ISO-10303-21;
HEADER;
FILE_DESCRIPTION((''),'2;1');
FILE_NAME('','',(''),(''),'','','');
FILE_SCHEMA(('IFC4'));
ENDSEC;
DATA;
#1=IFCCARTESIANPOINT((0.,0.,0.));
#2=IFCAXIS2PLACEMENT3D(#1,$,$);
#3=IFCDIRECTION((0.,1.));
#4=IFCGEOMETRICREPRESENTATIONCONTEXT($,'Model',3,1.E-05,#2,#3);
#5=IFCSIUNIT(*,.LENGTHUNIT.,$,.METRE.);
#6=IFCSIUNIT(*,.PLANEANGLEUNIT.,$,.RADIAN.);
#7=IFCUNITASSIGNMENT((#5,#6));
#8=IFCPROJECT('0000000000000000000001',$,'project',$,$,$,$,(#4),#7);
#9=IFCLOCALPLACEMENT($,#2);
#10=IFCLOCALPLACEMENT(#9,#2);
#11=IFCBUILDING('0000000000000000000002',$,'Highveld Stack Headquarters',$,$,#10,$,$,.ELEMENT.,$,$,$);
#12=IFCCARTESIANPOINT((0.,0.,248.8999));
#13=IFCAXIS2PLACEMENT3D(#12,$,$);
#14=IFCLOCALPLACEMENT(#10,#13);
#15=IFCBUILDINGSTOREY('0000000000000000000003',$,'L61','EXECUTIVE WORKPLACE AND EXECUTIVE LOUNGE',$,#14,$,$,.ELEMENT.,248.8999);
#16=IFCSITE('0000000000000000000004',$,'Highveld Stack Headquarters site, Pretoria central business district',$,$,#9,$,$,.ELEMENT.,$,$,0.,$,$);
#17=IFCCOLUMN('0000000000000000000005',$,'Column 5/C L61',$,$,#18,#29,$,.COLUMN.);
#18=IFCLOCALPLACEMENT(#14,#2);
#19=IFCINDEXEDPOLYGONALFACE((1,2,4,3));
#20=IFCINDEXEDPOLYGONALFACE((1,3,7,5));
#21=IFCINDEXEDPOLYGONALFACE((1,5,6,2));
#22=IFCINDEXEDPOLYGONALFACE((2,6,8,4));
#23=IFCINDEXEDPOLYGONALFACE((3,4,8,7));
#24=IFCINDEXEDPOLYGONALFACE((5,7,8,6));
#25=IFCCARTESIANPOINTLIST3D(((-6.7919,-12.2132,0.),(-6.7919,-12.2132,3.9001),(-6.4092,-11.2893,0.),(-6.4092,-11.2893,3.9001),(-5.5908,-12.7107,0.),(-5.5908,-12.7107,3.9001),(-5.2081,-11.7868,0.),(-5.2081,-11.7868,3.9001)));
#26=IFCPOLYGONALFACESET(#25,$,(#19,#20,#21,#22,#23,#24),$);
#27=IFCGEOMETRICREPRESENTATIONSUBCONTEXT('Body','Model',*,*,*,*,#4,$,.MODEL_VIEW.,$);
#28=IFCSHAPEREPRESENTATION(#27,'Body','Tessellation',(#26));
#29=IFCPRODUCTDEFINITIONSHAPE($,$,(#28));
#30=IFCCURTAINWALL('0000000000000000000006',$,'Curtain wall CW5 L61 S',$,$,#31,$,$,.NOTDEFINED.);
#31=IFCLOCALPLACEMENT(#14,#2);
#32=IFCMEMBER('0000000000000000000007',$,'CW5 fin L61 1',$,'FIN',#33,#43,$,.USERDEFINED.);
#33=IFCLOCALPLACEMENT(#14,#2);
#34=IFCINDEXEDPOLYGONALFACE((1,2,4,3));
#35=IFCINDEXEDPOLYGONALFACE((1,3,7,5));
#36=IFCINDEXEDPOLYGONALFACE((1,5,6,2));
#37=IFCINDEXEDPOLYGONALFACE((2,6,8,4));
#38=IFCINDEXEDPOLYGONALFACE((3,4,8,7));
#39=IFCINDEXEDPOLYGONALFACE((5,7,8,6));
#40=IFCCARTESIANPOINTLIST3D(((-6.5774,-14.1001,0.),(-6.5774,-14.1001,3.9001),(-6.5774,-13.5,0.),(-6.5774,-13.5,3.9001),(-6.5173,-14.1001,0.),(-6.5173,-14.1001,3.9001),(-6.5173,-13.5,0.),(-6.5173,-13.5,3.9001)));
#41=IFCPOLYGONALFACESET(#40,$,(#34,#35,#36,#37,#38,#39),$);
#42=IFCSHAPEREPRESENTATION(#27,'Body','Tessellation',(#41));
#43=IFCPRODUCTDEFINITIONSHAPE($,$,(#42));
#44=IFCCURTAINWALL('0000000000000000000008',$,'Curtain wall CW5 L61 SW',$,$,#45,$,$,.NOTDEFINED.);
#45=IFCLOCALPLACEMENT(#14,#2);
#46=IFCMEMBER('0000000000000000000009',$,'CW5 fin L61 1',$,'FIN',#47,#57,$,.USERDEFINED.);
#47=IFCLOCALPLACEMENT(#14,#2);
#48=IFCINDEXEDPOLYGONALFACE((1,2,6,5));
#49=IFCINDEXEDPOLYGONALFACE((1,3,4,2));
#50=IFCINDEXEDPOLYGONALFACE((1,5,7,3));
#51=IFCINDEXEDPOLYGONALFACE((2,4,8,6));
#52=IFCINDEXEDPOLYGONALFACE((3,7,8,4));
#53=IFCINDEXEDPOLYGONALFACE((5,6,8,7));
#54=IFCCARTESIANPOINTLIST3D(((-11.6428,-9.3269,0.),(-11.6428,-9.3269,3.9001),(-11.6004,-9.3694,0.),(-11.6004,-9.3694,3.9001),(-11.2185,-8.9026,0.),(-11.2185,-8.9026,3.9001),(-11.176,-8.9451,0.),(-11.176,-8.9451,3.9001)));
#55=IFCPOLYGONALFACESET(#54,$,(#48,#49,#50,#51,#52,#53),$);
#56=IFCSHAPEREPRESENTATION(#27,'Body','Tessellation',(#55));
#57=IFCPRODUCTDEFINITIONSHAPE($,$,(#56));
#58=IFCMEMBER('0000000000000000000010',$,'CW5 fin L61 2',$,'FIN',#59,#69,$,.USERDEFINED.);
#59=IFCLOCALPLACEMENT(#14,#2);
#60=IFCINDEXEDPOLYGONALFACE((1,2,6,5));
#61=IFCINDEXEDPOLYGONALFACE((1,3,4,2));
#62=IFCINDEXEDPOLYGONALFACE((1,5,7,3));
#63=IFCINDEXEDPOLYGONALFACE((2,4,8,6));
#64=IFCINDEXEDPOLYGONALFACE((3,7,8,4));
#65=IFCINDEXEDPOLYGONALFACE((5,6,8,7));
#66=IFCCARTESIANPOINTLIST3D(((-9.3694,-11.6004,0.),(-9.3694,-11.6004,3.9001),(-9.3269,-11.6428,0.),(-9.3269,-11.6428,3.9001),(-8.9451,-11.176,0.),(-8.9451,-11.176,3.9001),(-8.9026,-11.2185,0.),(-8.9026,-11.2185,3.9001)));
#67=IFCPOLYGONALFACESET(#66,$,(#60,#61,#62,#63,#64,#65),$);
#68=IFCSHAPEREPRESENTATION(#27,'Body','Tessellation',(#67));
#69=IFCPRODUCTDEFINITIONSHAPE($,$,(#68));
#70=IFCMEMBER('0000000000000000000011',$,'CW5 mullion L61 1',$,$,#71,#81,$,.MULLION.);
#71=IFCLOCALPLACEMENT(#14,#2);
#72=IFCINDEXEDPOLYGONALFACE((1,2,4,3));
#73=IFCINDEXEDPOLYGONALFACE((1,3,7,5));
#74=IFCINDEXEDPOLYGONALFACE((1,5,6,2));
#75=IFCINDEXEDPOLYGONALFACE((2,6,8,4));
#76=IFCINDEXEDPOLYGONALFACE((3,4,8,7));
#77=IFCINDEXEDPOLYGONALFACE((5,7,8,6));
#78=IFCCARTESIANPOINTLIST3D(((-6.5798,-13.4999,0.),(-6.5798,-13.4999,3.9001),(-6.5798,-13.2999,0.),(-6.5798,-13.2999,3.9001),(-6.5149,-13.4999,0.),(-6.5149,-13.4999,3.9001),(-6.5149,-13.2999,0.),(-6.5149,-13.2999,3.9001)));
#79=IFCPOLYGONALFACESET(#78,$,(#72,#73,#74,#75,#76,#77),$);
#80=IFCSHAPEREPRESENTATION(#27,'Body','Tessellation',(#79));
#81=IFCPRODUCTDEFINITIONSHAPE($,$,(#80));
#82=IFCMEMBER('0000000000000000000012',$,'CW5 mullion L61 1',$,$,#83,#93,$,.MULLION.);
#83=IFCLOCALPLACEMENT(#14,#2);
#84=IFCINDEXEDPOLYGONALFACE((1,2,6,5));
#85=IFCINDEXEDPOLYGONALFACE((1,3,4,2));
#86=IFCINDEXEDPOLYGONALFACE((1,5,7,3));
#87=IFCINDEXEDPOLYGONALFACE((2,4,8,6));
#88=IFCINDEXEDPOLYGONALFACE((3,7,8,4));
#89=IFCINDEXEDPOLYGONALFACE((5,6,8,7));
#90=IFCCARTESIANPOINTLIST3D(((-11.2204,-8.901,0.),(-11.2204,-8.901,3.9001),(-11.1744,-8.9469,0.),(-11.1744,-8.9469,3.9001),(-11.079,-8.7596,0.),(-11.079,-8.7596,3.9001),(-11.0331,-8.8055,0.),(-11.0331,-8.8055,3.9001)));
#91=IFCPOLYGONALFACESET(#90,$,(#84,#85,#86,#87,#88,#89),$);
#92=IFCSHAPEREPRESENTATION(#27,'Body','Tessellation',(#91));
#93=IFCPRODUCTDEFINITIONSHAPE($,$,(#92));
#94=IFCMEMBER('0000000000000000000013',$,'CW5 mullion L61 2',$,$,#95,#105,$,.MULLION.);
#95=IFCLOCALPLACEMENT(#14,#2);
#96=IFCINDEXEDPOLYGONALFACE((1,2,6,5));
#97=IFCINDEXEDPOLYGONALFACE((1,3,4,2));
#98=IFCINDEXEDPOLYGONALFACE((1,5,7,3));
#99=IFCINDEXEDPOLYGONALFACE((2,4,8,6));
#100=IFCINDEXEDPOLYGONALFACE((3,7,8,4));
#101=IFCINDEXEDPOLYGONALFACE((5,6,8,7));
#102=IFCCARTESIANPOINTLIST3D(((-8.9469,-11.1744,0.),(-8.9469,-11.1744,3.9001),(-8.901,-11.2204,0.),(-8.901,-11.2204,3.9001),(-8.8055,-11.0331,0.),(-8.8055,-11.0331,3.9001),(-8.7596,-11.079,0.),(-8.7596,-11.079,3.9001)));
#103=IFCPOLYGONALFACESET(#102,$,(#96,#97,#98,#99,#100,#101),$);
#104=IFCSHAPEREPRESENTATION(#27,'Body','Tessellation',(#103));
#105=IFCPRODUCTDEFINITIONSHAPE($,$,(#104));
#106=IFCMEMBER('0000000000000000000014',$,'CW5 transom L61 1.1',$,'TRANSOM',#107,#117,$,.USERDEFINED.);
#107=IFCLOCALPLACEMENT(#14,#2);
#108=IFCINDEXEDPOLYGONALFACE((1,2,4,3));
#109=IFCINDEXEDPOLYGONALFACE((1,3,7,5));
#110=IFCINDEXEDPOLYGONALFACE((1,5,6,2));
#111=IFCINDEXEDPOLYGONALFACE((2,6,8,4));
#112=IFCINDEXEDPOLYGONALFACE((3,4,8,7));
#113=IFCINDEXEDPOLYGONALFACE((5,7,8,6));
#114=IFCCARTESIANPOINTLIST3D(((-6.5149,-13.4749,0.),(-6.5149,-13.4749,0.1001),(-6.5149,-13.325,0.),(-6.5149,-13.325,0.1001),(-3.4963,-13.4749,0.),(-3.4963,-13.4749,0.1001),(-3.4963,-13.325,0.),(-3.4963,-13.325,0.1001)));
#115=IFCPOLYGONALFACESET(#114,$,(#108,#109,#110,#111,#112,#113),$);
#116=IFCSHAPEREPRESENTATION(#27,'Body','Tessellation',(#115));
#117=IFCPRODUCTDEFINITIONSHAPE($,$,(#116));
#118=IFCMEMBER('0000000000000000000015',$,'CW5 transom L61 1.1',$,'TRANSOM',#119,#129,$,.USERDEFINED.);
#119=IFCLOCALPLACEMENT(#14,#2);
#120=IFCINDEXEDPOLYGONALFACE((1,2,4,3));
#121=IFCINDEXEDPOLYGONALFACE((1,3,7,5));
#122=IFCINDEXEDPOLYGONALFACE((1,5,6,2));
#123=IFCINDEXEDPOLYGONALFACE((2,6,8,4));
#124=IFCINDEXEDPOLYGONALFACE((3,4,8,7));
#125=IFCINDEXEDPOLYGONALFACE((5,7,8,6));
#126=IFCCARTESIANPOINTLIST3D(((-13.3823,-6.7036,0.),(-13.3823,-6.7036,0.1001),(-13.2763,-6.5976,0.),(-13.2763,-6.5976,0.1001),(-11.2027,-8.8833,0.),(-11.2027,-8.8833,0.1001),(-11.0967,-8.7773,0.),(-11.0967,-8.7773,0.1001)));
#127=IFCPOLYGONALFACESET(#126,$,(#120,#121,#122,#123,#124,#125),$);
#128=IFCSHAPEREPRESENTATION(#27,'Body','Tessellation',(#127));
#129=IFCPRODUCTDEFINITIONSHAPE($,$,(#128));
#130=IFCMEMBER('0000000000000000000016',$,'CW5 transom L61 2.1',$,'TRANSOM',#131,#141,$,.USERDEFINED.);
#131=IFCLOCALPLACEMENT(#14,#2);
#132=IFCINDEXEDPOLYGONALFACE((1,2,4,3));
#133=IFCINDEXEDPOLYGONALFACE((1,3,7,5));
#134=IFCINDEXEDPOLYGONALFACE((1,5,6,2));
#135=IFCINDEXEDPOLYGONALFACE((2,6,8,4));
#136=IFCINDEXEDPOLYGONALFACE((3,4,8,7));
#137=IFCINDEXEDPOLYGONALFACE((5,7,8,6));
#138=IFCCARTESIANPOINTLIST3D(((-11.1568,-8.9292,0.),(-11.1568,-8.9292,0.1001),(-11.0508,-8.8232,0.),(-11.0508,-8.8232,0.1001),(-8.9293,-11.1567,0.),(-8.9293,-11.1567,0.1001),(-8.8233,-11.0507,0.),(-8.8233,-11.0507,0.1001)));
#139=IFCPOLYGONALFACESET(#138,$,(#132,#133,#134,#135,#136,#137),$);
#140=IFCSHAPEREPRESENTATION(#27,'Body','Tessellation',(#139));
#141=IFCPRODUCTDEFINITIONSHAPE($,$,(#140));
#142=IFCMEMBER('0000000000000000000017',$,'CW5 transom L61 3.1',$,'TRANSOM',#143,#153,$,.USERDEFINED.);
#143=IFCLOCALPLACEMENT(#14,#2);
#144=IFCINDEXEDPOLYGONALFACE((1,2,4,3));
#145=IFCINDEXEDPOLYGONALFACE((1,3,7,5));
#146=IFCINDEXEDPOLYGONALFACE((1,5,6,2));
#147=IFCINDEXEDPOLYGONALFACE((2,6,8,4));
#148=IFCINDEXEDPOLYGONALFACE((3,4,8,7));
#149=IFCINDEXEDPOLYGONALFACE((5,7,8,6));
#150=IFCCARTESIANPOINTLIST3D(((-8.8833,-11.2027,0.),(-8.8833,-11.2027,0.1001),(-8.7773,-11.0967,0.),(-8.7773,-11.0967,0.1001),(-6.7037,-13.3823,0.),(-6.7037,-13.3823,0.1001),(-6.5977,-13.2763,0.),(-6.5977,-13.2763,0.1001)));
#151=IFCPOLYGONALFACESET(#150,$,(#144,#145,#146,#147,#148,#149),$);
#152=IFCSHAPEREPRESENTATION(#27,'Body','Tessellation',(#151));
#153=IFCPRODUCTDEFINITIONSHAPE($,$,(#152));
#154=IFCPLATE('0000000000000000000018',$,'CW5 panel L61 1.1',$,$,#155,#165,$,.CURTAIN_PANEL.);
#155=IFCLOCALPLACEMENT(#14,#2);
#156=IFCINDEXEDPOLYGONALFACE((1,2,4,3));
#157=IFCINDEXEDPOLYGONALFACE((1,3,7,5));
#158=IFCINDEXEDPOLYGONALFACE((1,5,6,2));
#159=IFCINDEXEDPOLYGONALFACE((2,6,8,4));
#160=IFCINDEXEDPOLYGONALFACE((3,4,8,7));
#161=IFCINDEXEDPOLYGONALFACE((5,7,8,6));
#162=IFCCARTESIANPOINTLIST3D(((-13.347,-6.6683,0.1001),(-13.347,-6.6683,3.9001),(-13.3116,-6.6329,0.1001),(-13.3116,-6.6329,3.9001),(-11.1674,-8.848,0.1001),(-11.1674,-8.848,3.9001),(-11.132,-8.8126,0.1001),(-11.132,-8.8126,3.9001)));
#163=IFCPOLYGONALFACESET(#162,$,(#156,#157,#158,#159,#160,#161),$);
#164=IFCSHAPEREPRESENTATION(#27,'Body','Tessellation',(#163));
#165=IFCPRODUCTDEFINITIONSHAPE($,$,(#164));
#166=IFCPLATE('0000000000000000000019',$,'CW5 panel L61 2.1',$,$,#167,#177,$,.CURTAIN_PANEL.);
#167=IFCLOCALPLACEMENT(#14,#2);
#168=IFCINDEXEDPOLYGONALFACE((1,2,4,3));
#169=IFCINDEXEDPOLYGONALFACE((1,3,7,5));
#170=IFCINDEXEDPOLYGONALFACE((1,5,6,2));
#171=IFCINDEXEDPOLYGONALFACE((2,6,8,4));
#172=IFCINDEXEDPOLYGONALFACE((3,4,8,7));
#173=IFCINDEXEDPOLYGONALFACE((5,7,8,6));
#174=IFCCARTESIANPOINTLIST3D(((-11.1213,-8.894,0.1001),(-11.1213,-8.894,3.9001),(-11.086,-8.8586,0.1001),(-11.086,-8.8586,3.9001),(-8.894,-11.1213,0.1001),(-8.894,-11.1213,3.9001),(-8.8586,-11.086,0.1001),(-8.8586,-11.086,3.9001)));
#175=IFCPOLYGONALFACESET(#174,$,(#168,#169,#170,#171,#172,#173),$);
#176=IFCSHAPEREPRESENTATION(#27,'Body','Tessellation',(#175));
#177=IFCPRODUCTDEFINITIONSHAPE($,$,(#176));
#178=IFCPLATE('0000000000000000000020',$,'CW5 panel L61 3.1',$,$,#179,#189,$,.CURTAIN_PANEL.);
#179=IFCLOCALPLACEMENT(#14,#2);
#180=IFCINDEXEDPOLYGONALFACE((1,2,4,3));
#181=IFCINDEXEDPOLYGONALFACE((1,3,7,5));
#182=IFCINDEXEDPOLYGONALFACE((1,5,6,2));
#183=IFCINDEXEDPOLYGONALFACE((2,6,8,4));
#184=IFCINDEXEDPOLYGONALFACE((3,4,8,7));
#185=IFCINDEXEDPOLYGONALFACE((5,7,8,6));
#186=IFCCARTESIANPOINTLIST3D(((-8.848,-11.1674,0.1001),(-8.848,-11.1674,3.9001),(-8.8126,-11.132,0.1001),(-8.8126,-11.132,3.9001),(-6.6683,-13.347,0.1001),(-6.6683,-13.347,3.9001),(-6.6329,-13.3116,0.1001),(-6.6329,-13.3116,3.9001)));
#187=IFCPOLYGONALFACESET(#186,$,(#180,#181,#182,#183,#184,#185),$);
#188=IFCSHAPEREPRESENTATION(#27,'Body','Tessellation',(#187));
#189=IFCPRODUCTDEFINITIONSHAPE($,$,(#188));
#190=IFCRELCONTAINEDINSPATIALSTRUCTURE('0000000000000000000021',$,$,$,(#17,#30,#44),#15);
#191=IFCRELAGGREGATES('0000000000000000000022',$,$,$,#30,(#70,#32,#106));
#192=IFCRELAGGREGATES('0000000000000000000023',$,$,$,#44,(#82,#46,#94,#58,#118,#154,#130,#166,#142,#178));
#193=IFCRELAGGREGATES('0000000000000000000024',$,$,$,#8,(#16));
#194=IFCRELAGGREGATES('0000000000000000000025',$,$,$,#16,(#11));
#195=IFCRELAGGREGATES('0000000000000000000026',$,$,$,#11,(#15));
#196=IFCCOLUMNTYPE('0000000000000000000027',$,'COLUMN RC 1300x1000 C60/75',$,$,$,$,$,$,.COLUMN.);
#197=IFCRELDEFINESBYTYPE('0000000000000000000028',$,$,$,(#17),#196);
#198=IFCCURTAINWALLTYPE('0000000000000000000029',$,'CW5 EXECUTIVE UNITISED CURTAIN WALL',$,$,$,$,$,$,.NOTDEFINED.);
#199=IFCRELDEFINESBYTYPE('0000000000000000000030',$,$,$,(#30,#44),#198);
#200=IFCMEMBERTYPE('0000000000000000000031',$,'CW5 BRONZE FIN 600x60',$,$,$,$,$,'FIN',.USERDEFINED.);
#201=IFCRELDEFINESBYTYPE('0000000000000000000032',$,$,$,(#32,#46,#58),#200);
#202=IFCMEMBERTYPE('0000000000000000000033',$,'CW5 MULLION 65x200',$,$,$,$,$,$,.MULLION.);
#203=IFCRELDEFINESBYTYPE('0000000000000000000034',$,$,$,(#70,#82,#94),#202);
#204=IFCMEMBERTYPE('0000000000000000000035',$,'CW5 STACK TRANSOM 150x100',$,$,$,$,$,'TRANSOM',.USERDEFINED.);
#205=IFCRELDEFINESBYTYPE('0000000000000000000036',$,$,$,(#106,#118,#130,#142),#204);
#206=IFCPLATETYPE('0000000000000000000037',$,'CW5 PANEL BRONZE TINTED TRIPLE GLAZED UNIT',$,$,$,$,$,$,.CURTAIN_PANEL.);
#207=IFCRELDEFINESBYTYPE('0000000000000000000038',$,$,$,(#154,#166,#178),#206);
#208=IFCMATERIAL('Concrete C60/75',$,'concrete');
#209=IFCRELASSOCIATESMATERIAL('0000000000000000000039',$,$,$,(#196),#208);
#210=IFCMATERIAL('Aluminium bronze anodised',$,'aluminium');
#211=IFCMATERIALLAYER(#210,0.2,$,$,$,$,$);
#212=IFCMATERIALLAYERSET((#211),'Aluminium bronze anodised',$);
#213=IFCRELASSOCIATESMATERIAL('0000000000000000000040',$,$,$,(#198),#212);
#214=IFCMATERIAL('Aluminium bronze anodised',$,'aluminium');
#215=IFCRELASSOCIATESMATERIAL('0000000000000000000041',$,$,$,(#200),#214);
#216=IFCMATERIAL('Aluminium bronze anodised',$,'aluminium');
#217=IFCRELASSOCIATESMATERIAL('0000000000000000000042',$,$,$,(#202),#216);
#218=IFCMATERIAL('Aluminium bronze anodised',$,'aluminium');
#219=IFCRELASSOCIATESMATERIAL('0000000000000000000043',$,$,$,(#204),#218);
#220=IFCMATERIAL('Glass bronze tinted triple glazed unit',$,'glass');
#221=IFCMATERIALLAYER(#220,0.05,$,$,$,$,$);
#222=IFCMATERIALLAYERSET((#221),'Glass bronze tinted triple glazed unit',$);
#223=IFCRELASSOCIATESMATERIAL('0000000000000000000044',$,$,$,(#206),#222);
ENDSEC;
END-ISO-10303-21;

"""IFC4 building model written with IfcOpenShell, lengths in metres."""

from ifc_helpers import new_model, si_unit, direction, frame, origin, origin_2d, place, context, subcontext, project, spatial, rectangle, extrude, material, layer, layer_set, material_profile, profile_set, type_object, element, aggregate, save


model = new_model("IFC4")

# Units and contexts
model_context = context("Model", 3, precision=1e-05, world=origin(), true_north=direction((0.0, 1.0)))
body_context = subcontext(model_context, "Body", "Model", "MODEL_VIEW")
ifc_project = project(units=[si_unit("LENGTHUNIT", "METRE"), si_unit("PLANEANGLEUNIT", "RADIAN")], contexts=[model_context])

# Site, building, storey
site_placement = place(None, origin())
site = spatial("IfcSite", under=ifc_project, at=site_placement, Name="Highveld Stack Headquarters site, Pretoria central business district", CompositionType="ELEMENT", RefElevation=0.0)
building_placement = place(site_placement, origin())
building = spatial("IfcBuilding", under=site, at=building_placement, Name="Highveld Stack Headquarters", CompositionType="ELEMENT")
storey_placement = place(building_placement, frame((0.0, 0.0, 248.8999)))
storey = spatial("IfcBuildingStorey", under=building, at=storey_placement, Name="L61", Description="EXECUTIVE WORKPLACE AND EXECUTIVE LOUNGE", CompositionType="ELEMENT", Elevation=248.8999)

# Column
ifc_material_1 = material(Name="Concrete C60/75", Category="concrete")
ifc_material_profile_1 = material_profile(ifc_material_1, rectangle(XDim=1.3, YDim=1.0, at=origin_2d()), Name="RC 1300x1000")
ifc_profile_set_1 = profile_set([ifc_material_profile_1], Name="Concrete C60/75")
column_type = type_object("IfcColumnType", Name="COLUMN RC 1300x1000 C60/75", PredefinedType="COLUMN", material=ifc_profile_set_1)
column_placement = place(storey_placement, frame((-6.0, -12.0, 0.0), z_axis=(0.0, 0.0, 1.0), x_axis=(-0.92388, 0.382683, 0.0)))
element("IfcColumn", 1, at=column_placement, inside=storey, type_object=column_type, Name="Column 5/C L61", PredefinedType="COLUMN", context=body_context, shape_type="SweptSolid", body=[
    extrude(rectangle(XDim=1.3, YDim=1.0, at=origin_2d()), origin(), (0.0, 0.0, 1.0), 3.9001),
])

# Curtain wall, member
ifc_material_2 = material(Name="Aluminium bronze anodised", Category="aluminium")
ifc_layer_1 = layer(ifc_material_2, 0.2)
ifc_layer_set_1 = layer_set([ifc_layer_1], Name="Aluminium bronze anodised")
curtain_wall_type = type_object("IfcCurtainWallType", Name="CW5 EXECUTIVE UNITISED CURTAIN WALL", PredefinedType="NOTDEFINED", material=ifc_layer_set_1)
curtain_wall_1_placement = place(storey_placement, origin())
curtain_wall_1 = element("IfcCurtainWall", 2, at=curtain_wall_1_placement, inside=storey, type_object=curtain_wall_type, Name="Curtain wall CW5 L61 S", PredefinedType="NOTDEFINED")
ifc_material_3 = material(Name="Aluminium bronze anodised", Category="aluminium")
ifc_material_profile_2 = material_profile(ifc_material_3, rectangle(XDim=0.6001, YDim=0.0601, at=origin_2d()), Name="FIN 600x60")
ifc_profile_set_2 = profile_set([ifc_material_profile_2], Name="Aluminium bronze anodised")
member_type_1 = type_object("IfcMemberType", Name="CW5 BRONZE FIN 600x60", ElementType="FIN", PredefinedType="USERDEFINED", material=ifc_profile_set_2)
member_1_placement = place(storey_placement, frame((-6.5474, -13.8, 0.0), z_axis=(0.0, 0.0, 1.0), x_axis=(0.0, 1.0, 0.0)))
member_1 = element("IfcMember", 3, at=member_1_placement, type_object=member_type_1, Name="CW5 fin L61 1", ObjectType="FIN", PredefinedType="USERDEFINED", context=body_context, shape_type="SweptSolid", body=[
    extrude(rectangle(XDim=0.6001, YDim=0.0601, at=origin_2d()), origin(), (0.0, 0.0, 1.0), 3.9001),
])

# Curtain wall, members
curtain_wall_2_placement = place(storey_placement, origin())
curtain_wall_2 = element("IfcCurtainWall", 4, at=curtain_wall_2_placement, inside=storey, type_object=curtain_wall_type, Name="Curtain wall CW5 L61 SW", PredefinedType="NOTDEFINED")
member_2_placement = place(storey_placement, frame((-11.4094, -9.136, 0.0), z_axis=(0.0, 0.0, 1.0), x_axis=(0.707107, 0.707107, 0.0)))
member_2 = element("IfcMember", 5, at=member_2_placement, type_object=member_type_1, Name="CW5 fin L61 1", ObjectType="FIN", PredefinedType="USERDEFINED", context=body_context, shape_type="SweptSolid", body=[
    extrude(rectangle(XDim=0.6001, YDim=0.0601, at=origin_2d()), origin(), (0.0, 0.0, 1.0), 3.9001),
])
member_3_placement = place(storey_placement, frame((-9.136, -11.4094, 0.0), z_axis=(0.0, 0.0, 1.0), x_axis=(0.707107, 0.707107, 0.0)))
member_3 = element("IfcMember", 6, at=member_3_placement, type_object=member_type_1, Name="CW5 fin L61 2", ObjectType="FIN", PredefinedType="USERDEFINED", context=body_context, shape_type="SweptSolid", body=[
    extrude(rectangle(XDim=0.6001, YDim=0.0601, at=origin_2d()), origin(), (0.0, 0.0, 1.0), 3.9001),
])

# Members
ifc_material_4 = material(Name="Aluminium bronze anodised", Category="aluminium")
ifc_material_profile_3 = material_profile(ifc_material_4, rectangle(XDim=0.2, YDim=0.0649, at=origin_2d()), Name="CW5 MULLION 65x200")
ifc_profile_set_3 = profile_set([ifc_material_profile_3], Name="Aluminium bronze anodised")
member_type_2 = type_object("IfcMemberType", Name="CW5 MULLION 65x200", PredefinedType="MULLION", material=ifc_profile_set_3)
member_4_placement = place(storey_placement, frame((-6.5474, -13.3999, 0.0), z_axis=(0.0, 0.0, 1.0), x_axis=(0.0, 1.0, 0.0)))
member_4 = element("IfcMember", 7, at=member_4_placement, type_object=member_type_2, Name="CW5 mullion L61 1", PredefinedType="MULLION", context=body_context, shape_type="SweptSolid", body=[
    extrude(rectangle(XDim=0.2, YDim=0.0649, at=origin_2d()), origin(), (0.0, 0.0, 1.0), 3.9001),
])
member_5_placement = place(storey_placement, frame((-11.1267, -8.8533, 0.0), z_axis=(0.0, 0.0, 1.0), x_axis=(0.707107, 0.707107, 0.0)))
member_5 = element("IfcMember", 8, at=member_5_placement, type_object=member_type_2, Name="CW5 mullion L61 1", PredefinedType="MULLION", context=body_context, shape_type="SweptSolid", body=[
    extrude(rectangle(XDim=0.2, YDim=0.0649, at=origin_2d()), origin(), (0.0, 0.0, 1.0), 3.9001),
])
member_6_placement = place(storey_placement, frame((-8.8533, -11.1267, 0.0), z_axis=(0.0, 0.0, 1.0), x_axis=(0.707107, 0.707107, 0.0)))
member_6 = element("IfcMember", 9, at=member_6_placement, type_object=member_type_2, Name="CW5 mullion L61 2", PredefinedType="MULLION", context=body_context, shape_type="SweptSolid", body=[
    extrude(rectangle(XDim=0.2, YDim=0.0649, at=origin_2d()), origin(), (0.0, 0.0, 1.0), 3.9001),
])
ifc_material_5 = material(Name="Aluminium bronze anodised", Category="aluminium")
ifc_material_profile_4 = material_profile(ifc_material_5, rectangle(XDim=0.1499, YDim=0.1001, at=origin_2d()), Name="CW5 TRANSOM 150x100")
ifc_profile_set_4 = profile_set([ifc_material_profile_4], Name="Aluminium bronze anodised")
member_type_3 = type_object("IfcMemberType", Name="CW5 STACK TRANSOM 150x100", ElementType="TRANSOM", PredefinedType="USERDEFINED", material=ifc_profile_set_4)
member_7_placement = place(storey_placement, frame((-6.5149, -13.3999, 0.05), z_axis=(1.0, 0.0, 0.0), x_axis=(0.0, 1.0, 0.0)))
member_7 = element("IfcMember", 10, at=member_7_placement, type_object=member_type_3, Name="CW5 transom L61 1.1", ObjectType="TRANSOM", PredefinedType="USERDEFINED", context=body_context, shape_type="SweptSolid", body=[
    extrude(rectangle(XDim=0.1499, YDim=0.1001, at=origin_2d()), origin(), (0.0, 0.0, 1.0), 3.0186),
])
aggregate(curtain_wall_1, [member_4, member_1, member_7])
member_8_placement = place(storey_placement, frame((-13.3293, -6.6506, 0.05), z_axis=(0.707107, -0.707107, 0.0), x_axis=(0.707107, 0.707107, 0.0)))
member_8 = element("IfcMember", 11, at=member_8_placement, type_object=member_type_3, Name="CW5 transom L61 1.1", ObjectType="TRANSOM", PredefinedType="USERDEFINED", context=body_context, shape_type="SweptSolid", body=[
    extrude(rectangle(XDim=0.1499, YDim=0.1001, at=origin_2d()), origin(), (0.0, 0.0, 1.0), 3.0825),
])
member_9_placement = place(storey_placement, frame((-11.1038, -8.8762, 0.05), z_axis=(0.707107, -0.707107, 0.0), x_axis=(0.707107, 0.707107, 0.0)))
member_9 = element("IfcMember", 12, at=member_9_placement, type_object=member_type_3, Name="CW5 transom L61 2.1", ObjectType="TRANSOM", PredefinedType="USERDEFINED", context=body_context, shape_type="SweptSolid", body=[
    extrude(rectangle(XDim=0.1499, YDim=0.1001, at=origin_2d()), origin(), (0.0, 0.0, 1.0), 3.1501),
])
member_10_placement = place(storey_placement, frame((-8.8303, -11.1497, 0.05), z_axis=(0.707107, -0.707107, 0.0), x_axis=(0.707107, 0.707107, 0.0)))
member_10 = element("IfcMember", 13, at=member_10_placement, type_object=member_type_3, Name="CW5 transom L61 3.1", ObjectType="TRANSOM", PredefinedType="USERDEFINED", context=body_context, shape_type="SweptSolid", body=[
    extrude(rectangle(XDim=0.1499, YDim=0.1001, at=origin_2d()), origin(), (0.0, 0.0, 1.0), 3.0825),
])

# Plates
ifc_material_6 = material(Name="Glass bronze tinted triple glazed unit", Category="glass")
ifc_layer_2 = layer(ifc_material_6, 0.05)
ifc_layer_set_2 = layer_set([ifc_layer_2], Name="Glass bronze tinted triple glazed unit")
plate_type = type_object("IfcPlateType", Name="CW5 PANEL BRONZE TINTED TRIPLE GLAZED UNIT", PredefinedType="CURTAIN_PANEL", material=ifc_layer_set_2)
plate_1_placement = place(storey_placement, frame((-12.2395, -7.7405, 0.1001), z_axis=(0.0, 0.0, 1.0), x_axis=(0.707107, -0.707107, 0.0)))
plate_1 = element("IfcPlate", 14, at=plate_1_placement, type_object=plate_type, Name="CW5 panel L61 1.1", PredefinedType="CURTAIN_PANEL", context=body_context, shape_type="SweptSolid", body=[
    extrude(rectangle(XDim=3.0825, YDim=0.05, at=origin_2d()), origin(), (0.0, 0.0, 1.0), 3.8),
])
plate_2_placement = place(storey_placement, frame((-9.99, -9.99, 0.1001), z_axis=(0.0, 0.0, 1.0), x_axis=(0.707107, -0.707107, 0.0)))
plate_2 = element("IfcPlate", 15, at=plate_2_placement, type_object=plate_type, Name="CW5 panel L61 2.1", PredefinedType="CURTAIN_PANEL", context=body_context, shape_type="SweptSolid", body=[
    extrude(rectangle(XDim=3.1499, YDim=0.05, at=origin_2d()), origin(), (0.0, 0.0, 1.0), 3.8),
])
plate_3_placement = place(storey_placement, frame((-7.7405, -12.2395, 0.1001), z_axis=(0.0, 0.0, 1.0), x_axis=(0.707107, -0.707107, 0.0)))
plate_3 = element("IfcPlate", 16, at=plate_3_placement, type_object=plate_type, Name="CW5 panel L61 3.1", PredefinedType="CURTAIN_PANEL", context=body_context, shape_type="SweptSolid", body=[
    extrude(rectangle(XDim=3.0825, YDim=0.05, at=origin_2d()), origin(), (0.0, 0.0, 1.0), 3.8),
])
aggregate(curtain_wall_2, [member_5, member_2, member_6, member_3, member_8, plate_1, member_9, plate_2, member_10, plate_3])

save(model, "model.ifc")
